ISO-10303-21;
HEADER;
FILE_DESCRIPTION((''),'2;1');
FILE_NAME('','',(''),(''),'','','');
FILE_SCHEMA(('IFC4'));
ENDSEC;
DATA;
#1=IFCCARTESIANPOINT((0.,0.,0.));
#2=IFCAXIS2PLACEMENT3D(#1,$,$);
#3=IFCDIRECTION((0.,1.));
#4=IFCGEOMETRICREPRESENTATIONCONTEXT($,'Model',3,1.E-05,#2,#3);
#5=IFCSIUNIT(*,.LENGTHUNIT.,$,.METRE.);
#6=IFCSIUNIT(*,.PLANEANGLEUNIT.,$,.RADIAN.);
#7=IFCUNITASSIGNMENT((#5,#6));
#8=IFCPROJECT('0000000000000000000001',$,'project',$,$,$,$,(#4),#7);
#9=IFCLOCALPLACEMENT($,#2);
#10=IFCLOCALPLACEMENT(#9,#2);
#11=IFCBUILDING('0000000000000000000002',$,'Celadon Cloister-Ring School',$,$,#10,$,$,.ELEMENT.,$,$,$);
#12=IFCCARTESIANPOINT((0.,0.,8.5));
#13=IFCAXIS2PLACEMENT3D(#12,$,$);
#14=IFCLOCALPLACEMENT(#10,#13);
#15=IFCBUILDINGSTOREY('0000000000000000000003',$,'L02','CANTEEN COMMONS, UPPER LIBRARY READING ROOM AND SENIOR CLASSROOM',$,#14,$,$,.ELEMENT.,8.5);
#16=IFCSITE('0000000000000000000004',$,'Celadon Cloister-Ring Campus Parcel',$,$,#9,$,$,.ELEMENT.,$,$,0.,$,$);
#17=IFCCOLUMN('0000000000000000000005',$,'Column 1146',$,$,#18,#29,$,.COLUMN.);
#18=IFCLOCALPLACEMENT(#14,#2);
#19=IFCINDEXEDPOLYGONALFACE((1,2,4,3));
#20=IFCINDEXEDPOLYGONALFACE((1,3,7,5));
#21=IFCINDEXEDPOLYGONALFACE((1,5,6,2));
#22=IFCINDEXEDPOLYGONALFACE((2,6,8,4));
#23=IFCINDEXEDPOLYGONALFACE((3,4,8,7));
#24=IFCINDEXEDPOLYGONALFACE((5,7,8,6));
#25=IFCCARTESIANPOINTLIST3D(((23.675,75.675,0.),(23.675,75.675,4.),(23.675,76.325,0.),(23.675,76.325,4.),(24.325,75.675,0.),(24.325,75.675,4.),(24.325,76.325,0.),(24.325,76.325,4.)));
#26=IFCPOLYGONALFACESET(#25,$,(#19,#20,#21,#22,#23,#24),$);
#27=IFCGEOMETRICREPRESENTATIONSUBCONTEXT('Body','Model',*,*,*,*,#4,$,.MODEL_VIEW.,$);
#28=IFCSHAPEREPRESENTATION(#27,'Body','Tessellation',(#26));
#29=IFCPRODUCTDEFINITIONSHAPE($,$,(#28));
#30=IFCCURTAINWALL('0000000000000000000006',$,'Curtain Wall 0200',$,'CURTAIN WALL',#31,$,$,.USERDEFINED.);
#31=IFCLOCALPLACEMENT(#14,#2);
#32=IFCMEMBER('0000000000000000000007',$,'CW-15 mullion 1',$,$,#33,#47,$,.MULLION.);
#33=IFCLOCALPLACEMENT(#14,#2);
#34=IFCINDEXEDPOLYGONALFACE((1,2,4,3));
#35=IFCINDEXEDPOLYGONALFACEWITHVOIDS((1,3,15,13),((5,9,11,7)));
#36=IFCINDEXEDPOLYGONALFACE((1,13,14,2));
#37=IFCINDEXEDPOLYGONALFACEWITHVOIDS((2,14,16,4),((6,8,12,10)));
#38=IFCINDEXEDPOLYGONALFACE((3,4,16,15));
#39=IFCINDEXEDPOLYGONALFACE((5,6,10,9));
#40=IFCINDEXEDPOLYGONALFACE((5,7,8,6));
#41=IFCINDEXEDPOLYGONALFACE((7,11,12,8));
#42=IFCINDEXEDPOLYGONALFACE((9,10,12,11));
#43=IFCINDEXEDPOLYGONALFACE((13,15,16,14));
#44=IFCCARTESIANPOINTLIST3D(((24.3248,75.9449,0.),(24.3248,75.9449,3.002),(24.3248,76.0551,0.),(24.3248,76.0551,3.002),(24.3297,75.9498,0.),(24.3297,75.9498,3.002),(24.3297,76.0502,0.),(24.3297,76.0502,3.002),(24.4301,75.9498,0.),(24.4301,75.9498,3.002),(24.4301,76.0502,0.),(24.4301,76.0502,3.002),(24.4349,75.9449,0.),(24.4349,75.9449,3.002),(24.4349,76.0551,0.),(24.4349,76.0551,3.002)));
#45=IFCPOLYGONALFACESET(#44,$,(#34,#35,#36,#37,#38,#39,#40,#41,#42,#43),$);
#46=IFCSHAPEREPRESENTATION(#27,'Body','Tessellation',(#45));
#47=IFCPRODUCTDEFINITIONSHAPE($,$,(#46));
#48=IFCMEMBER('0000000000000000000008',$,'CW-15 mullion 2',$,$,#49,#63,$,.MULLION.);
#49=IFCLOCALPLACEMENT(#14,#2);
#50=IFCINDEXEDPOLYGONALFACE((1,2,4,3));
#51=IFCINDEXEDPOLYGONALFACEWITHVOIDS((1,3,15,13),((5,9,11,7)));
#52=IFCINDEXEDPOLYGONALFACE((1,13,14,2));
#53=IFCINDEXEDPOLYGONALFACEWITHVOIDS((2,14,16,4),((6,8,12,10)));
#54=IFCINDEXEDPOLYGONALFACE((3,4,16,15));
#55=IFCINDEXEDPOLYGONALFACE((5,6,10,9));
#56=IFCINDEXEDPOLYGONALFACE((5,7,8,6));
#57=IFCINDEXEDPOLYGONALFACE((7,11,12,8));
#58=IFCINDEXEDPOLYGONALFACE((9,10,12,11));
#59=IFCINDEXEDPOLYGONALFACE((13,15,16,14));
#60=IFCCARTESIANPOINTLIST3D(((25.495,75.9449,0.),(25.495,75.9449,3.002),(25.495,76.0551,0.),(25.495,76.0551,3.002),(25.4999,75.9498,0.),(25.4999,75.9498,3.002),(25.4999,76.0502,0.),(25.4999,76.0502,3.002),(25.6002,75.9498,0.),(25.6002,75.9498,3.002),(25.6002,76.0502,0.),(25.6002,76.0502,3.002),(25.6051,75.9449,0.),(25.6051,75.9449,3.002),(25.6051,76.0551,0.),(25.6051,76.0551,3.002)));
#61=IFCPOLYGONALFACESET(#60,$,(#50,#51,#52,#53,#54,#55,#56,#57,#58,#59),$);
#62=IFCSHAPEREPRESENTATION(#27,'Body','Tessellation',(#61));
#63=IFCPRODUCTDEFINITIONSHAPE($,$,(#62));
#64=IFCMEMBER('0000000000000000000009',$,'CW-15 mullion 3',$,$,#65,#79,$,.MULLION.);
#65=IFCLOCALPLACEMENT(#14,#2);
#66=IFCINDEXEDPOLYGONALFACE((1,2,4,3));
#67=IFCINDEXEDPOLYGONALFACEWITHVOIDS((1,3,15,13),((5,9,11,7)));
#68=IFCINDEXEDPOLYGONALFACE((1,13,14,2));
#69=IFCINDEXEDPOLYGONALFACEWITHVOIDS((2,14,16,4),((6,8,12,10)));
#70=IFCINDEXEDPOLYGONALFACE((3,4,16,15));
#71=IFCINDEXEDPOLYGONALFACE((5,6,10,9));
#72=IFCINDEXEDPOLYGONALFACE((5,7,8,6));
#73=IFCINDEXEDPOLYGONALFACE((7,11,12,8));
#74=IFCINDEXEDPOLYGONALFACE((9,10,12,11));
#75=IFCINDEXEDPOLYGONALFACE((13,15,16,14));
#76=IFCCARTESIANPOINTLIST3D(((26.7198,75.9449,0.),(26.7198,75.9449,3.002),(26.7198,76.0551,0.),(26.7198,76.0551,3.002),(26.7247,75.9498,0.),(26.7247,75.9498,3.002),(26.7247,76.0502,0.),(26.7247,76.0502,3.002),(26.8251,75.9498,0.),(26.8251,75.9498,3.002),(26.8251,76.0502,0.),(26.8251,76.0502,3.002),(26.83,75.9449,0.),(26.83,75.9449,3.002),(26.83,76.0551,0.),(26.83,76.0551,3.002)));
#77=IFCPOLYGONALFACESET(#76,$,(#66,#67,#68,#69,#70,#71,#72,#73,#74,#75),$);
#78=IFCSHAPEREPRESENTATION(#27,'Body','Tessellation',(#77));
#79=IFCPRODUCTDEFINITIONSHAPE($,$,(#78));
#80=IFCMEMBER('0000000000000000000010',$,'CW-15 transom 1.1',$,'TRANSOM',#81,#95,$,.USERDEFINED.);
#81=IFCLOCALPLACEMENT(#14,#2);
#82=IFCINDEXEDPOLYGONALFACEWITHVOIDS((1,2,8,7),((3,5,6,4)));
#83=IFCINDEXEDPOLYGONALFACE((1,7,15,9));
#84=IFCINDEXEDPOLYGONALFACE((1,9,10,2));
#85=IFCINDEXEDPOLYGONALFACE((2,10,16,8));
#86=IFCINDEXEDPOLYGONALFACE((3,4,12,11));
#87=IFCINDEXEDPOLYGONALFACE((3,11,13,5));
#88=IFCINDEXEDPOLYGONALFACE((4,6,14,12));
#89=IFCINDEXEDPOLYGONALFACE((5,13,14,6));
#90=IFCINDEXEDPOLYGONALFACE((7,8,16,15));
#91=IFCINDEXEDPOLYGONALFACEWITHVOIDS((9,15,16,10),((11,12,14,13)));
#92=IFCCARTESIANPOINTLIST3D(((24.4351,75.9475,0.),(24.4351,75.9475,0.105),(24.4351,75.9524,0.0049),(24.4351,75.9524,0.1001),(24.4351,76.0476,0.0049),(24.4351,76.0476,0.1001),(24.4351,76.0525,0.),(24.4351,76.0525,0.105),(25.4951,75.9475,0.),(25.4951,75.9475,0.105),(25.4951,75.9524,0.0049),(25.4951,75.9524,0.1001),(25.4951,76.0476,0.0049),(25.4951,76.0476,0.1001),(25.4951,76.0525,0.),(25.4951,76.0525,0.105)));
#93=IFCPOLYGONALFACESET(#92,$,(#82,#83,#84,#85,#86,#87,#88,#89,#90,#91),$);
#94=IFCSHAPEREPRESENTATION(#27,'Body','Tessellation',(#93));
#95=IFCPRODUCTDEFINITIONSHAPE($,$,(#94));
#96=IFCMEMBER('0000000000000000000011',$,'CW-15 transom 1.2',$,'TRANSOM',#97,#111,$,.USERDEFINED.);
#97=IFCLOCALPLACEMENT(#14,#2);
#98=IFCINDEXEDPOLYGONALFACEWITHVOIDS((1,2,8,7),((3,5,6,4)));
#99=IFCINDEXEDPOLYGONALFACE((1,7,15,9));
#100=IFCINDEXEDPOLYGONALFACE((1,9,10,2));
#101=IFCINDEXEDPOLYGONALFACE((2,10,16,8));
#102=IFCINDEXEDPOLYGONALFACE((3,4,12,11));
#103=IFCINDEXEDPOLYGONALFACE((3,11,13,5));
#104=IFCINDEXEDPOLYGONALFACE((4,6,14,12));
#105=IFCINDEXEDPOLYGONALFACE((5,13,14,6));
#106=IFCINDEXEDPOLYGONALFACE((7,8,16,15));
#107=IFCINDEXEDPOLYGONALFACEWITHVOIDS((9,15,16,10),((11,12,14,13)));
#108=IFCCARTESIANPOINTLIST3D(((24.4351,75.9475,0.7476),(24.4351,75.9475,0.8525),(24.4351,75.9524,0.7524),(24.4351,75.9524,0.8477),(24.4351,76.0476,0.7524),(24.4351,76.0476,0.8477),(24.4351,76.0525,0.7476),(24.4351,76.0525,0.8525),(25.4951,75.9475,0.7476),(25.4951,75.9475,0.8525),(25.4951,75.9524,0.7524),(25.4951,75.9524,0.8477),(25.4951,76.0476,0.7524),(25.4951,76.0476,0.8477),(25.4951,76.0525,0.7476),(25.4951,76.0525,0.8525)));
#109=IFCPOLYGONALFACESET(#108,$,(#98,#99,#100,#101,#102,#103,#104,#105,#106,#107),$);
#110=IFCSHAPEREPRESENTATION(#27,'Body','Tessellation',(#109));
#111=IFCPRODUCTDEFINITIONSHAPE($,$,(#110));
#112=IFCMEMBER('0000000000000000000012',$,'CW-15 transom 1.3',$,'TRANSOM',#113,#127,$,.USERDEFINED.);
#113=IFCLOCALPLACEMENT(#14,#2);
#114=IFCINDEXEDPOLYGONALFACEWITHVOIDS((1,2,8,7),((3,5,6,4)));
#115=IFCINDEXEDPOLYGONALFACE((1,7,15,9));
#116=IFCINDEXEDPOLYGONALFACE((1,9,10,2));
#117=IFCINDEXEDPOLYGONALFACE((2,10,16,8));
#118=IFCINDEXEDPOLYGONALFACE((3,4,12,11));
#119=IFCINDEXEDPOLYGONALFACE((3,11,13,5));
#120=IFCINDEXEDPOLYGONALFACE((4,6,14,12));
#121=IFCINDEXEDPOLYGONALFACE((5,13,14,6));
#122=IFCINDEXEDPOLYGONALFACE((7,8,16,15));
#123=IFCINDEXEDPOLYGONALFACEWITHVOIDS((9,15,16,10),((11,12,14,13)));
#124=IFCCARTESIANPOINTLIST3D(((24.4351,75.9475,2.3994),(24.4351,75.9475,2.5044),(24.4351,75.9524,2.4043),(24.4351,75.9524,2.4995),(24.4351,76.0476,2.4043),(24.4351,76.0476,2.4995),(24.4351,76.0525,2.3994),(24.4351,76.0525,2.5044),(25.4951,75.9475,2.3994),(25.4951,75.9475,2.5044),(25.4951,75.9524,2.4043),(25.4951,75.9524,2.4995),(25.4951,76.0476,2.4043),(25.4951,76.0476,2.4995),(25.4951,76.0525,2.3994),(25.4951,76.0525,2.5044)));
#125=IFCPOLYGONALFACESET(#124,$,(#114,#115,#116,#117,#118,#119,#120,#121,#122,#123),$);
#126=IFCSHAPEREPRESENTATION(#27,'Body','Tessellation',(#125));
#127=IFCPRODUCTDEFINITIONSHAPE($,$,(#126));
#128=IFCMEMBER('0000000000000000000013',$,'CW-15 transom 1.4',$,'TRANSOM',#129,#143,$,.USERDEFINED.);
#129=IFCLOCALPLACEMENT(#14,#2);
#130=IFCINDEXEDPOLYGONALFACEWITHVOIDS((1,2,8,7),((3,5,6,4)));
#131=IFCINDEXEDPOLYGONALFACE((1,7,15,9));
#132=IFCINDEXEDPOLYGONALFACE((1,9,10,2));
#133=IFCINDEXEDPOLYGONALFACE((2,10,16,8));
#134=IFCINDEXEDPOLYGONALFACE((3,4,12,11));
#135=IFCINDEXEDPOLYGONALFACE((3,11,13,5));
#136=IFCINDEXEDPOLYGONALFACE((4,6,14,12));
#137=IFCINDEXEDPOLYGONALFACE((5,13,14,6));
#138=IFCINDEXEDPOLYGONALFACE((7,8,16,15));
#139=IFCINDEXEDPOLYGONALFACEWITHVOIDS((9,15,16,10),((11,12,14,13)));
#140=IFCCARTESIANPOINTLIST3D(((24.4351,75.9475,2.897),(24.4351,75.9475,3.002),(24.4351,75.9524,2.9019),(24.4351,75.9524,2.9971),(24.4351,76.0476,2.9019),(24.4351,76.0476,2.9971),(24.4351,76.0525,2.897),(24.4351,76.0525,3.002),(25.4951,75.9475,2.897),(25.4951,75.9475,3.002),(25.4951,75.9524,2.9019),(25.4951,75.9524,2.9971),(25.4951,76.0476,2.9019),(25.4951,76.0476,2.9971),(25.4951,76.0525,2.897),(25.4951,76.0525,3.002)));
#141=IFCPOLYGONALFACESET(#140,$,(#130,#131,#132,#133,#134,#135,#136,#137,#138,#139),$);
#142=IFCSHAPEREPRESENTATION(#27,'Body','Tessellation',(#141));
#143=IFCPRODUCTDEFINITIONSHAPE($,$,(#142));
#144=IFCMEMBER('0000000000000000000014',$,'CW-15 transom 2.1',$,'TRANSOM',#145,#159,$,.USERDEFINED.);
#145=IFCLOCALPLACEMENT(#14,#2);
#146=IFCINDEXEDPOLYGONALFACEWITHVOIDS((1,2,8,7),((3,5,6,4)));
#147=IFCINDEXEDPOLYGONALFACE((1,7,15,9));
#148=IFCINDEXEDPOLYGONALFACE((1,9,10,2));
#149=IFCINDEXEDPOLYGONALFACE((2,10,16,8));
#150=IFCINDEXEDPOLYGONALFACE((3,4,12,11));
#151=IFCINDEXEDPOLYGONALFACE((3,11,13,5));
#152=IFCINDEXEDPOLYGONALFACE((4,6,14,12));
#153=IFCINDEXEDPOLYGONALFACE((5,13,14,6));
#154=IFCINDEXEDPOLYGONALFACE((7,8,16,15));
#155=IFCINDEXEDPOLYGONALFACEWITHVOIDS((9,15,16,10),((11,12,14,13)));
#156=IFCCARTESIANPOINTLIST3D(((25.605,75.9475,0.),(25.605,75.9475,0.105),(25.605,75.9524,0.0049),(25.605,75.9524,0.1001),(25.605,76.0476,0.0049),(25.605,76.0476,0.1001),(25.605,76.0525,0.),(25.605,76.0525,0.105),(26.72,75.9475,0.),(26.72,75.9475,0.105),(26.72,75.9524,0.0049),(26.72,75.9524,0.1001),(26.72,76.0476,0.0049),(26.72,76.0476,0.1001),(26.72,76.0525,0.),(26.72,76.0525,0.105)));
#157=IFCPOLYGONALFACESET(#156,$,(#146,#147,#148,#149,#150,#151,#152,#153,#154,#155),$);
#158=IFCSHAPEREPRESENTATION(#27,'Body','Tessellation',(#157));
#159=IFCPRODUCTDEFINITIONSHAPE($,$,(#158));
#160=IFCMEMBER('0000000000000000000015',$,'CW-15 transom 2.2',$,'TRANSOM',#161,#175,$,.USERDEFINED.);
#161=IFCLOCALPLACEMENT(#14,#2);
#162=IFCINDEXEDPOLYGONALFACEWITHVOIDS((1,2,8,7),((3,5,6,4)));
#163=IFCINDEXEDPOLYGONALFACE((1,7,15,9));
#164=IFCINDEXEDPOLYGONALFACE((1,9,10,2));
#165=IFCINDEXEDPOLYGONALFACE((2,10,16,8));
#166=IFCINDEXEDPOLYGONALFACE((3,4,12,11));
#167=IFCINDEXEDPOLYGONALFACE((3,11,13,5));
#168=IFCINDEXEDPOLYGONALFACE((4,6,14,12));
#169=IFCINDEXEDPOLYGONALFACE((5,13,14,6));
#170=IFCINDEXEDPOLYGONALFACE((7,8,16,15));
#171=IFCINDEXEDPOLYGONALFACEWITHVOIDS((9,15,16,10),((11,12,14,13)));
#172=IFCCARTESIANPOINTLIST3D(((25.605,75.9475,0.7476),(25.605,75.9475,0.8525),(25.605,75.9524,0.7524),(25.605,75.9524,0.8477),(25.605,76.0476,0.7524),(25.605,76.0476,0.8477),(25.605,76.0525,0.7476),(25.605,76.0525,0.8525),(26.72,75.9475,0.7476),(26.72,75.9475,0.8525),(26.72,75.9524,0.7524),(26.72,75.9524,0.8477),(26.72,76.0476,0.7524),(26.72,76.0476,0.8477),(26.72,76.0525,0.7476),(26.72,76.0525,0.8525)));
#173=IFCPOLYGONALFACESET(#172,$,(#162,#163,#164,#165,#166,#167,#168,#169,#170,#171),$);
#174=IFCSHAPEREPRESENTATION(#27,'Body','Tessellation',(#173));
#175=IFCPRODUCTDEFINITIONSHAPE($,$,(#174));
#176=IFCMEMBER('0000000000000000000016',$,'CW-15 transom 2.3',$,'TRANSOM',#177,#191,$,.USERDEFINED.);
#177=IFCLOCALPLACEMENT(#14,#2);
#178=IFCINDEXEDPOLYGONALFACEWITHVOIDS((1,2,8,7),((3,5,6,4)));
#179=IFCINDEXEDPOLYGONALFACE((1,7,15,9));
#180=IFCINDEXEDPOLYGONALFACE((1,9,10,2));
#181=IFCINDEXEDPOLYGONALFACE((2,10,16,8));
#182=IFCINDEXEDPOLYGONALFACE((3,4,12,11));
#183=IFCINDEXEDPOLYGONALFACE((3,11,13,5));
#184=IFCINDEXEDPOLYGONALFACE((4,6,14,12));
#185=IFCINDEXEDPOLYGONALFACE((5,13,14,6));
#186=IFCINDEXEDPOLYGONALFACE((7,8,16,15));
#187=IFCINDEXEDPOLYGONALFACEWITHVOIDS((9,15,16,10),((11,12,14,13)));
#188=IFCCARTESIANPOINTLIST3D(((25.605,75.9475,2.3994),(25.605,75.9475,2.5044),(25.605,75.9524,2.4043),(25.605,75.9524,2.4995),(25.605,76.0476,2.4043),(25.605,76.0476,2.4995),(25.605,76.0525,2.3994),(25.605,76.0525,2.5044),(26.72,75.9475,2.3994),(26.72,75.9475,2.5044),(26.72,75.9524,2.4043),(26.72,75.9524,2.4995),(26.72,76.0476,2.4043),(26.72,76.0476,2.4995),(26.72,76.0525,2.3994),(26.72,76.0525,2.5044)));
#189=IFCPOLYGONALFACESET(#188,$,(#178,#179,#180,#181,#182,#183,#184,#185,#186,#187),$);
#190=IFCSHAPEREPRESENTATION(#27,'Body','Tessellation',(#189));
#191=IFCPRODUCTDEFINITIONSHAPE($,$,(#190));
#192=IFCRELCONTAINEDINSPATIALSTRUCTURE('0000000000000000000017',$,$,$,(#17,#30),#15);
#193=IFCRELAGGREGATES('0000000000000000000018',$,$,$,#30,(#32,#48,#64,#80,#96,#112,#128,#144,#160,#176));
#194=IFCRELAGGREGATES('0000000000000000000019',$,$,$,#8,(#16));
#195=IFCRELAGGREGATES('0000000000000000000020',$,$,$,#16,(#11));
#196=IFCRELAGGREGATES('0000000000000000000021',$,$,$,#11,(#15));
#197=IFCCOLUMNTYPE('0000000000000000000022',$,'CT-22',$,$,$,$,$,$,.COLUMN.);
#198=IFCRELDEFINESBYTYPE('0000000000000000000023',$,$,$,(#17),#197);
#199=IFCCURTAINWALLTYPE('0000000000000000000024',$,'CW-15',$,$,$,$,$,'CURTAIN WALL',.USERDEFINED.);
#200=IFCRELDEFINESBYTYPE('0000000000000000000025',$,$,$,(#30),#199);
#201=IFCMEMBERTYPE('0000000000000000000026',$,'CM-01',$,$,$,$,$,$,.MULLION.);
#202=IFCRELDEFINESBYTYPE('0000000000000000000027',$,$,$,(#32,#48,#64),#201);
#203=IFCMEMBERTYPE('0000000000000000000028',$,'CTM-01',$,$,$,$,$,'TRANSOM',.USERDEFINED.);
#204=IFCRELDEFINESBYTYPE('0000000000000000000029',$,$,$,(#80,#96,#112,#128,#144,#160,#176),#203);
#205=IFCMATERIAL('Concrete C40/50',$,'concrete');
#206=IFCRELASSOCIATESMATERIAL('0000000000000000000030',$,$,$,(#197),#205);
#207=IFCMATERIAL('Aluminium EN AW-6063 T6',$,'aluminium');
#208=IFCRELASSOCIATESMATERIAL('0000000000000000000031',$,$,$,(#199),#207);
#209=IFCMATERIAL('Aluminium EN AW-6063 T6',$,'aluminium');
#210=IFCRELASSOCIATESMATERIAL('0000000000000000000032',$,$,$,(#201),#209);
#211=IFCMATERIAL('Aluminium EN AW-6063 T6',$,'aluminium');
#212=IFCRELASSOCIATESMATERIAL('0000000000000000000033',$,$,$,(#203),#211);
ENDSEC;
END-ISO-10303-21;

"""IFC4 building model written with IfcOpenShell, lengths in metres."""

from ifc_helpers import new_model, si_unit, direction, frame, origin, origin_2d, place, context, subcontext, project, spatial, rectangle, hollow_rectangle, extrude, material, material_profile, profile_set, type_object, element, aggregate, save


model = new_model("IFC4")

# Units and contexts
model_context = context("Model", 3, precision=1e-05, world=origin(), true_north=direction((0.0, 1.0)))
body_context = subcontext(model_context, "Body", "Model", "MODEL_VIEW")
ifc_project = project(units=[si_unit("LENGTHUNIT", "METRE"), si_unit("PLANEANGLEUNIT", "RADIAN")], contexts=[model_context])

# Site, building, storey
site_placement = place(None, origin())
site = spatial("IfcSite", under=ifc_project, at=site_placement, Name="Celadon Cloister-Ring Campus Parcel", CompositionType="ELEMENT", RefElevation=0.0)
building_placement = place(site_placement, origin())
building = spatial("IfcBuilding", under=site, at=building_placement, Name="Celadon Cloister-Ring School", CompositionType="ELEMENT")
storey_placement = place(building_placement, frame((0.0, 0.0, 8.5)))
storey = spatial("IfcBuildingStorey", under=building, at=storey_placement, Name="L02", Description="CANTEEN COMMONS, UPPER LIBRARY READING ROOM AND SENIOR CLASSROOM", CompositionType="ELEMENT", Elevation=8.5)

# Column
ifc_material_1 = material(Name="Concrete C40/50", Category="concrete")
ifc_material_profile_1 = material_profile(ifc_material_1, rectangle(XDim=0.6499, YDim=0.6499, at=origin_2d()), Name="RC650X650")
ifc_profile_set_1 = profile_set([ifc_material_profile_1], Name="Concrete C40/50")
column_type = type_object("IfcColumnType", Name="CT-22", PredefinedType="COLUMN", material=ifc_profile_set_1)
column_placement = place(storey_placement, frame((24.0, 76.0, 0.0), z_axis=(0.0, 0.0, 1.0), x_axis=(1.0, 0.0, 0.0)))
element("IfcColumn", 1, at=column_placement, inside=storey, type_object=column_type, Name="Column 1146", PredefinedType="COLUMN", context=body_context, shape_type="SweptSolid", body=[
    extrude(rectangle(XDim=0.6499, YDim=0.6499, at=origin_2d()), origin(), (0.0, 0.0, 1.0), 4.0),
])

# Curtain wall, members
ifc_material_2 = material(Name="Aluminium EN AW-6063 T6", Category="aluminium")
curtain_wall_type = type_object("IfcCurtainWallType", Name="CW-15", ElementType="CURTAIN WALL", PredefinedType="USERDEFINED", material=ifc_material_2)
curtain_wall_placement = place(storey_placement, origin())
curtain_wall = element("IfcCurtainWall", 2, at=curtain_wall_placement, inside=storey, type_object=curtain_wall_type, Name="Curtain Wall 0200", ObjectType="CURTAIN WALL", PredefinedType="USERDEFINED")
ifc_material_3 = material(Name="Aluminium EN AW-6063 T6", Category="aluminium")
ifc_material_profile_2 = material_profile(ifc_material_3, hollow_rectangle(XDim=0.1101, YDim=0.1101, WallThickness=0.0049, at=origin_2d()), Name="RHS110X110X5")
ifc_profile_set_2 = profile_set([ifc_material_profile_2], Name="Aluminium EN AW-6063 T6")
member_type_1 = type_object("IfcMemberType", Name="CM-01", PredefinedType="MULLION", material=ifc_profile_set_2)
member_1_placement = place(storey_placement, frame((24.3799, 76.0, 0.0), z_axis=(0.0, 0.0, 1.0), x_axis=(0.0, 1.0, 0.0)))
member_1 = element("IfcMember", 3, at=member_1_placement, type_object=member_type_1, Name="CW-15 mullion 1", PredefinedType="MULLION", context=body_context, shape_type="SweptSolid", body=[
    extrude(hollow_rectangle(XDim=0.1101, YDim=0.1101, WallThickness=0.0049, at=origin_2d()), origin(), (0.0, 0.0, 1.0), 3.002),
])
member_2_placement = place(storey_placement, frame((25.55, 76.0, 0.0), z_axis=(0.0, 0.0, 1.0), x_axis=(0.0, 1.0, 0.0)))
member_2 = element("IfcMember", 4, at=member_2_placement, type_object=member_type_1, Name="CW-15 mullion 2", PredefinedType="MULLION", context=body_context, shape_type="SweptSolid", body=[
    extrude(hollow_rectangle(XDim=0.1101, YDim=0.1101, WallThickness=0.0049, at=origin_2d()), origin(), (0.0, 0.0, 1.0), 3.002),
])
member_3_placement = place(storey_placement, frame((26.7749, 76.0, 0.0), z_axis=(0.0, 0.0, 1.0), x_axis=(0.0, 1.0, 0.0)))
member_3 = element("IfcMember", 5, at=member_3_placement, type_object=member_type_1, Name="CW-15 mullion 3", PredefinedType="MULLION", context=body_context, shape_type="SweptSolid", body=[
    extrude(hollow_rectangle(XDim=0.1101, YDim=0.1101, WallThickness=0.0049, at=origin_2d()), origin(), (0.0, 0.0, 1.0), 3.002),
])
ifc_material_4 = material(Name="Aluminium EN AW-6063 T6", Category="aluminium")
ifc_material_profile_3 = material_profile(ifc_material_4, hollow_rectangle(XDim=0.105, YDim=0.105, WallThickness=0.0049, at=origin_2d()), Name="RHS105X105X5")
ifc_profile_set_3 = profile_set([ifc_material_profile_3], Name="Aluminium EN AW-6063 T6")
member_type_2 = type_object("IfcMemberType", Name="CTM-01", ElementType="TRANSOM", PredefinedType="USERDEFINED", material=ifc_profile_set_3)
member_4_placement = place(storey_placement, frame((24.4351, 76.0, 0.0525), z_axis=(1.0, 0.0, 0.0), x_axis=(0.0, 1.0, 0.0)))
member_4 = element("IfcMember", 6, at=member_4_placement, type_object=member_type_2, Name="CW-15 transom 1.1", ObjectType="TRANSOM", PredefinedType="USERDEFINED", context=body_context, shape_type="SweptSolid", body=[
    extrude(hollow_rectangle(XDim=0.105, YDim=0.105, WallThickness=0.0049, at=origin_2d()), origin(), (0.0, 0.0, 1.0), 1.0601),
])
member_5_placement = place(storey_placement, frame((24.4351, 76.0, 0.8), z_axis=(1.0, 0.0, 0.0), x_axis=(0.0, 1.0, 0.0)))
member_5 = element("IfcMember", 7, at=member_5_placement, type_object=member_type_2, Name="CW-15 transom 1.2", ObjectType="TRANSOM", PredefinedType="USERDEFINED", context=body_context, shape_type="SweptSolid", body=[
    extrude(hollow_rectangle(XDim=0.105, YDim=0.105, WallThickness=0.0049, at=origin_2d()), origin(), (0.0, 0.0, 1.0), 1.0601),
])
member_6_placement = place(storey_placement, frame((24.4351, 76.0, 2.4519), z_axis=(1.0, 0.0, 0.0), x_axis=(0.0, 1.0, 0.0)))
member_6 = element("IfcMember", 8, at=member_6_placement, type_object=member_type_2, Name="CW-15 transom 1.3", ObjectType="TRANSOM", PredefinedType="USERDEFINED", context=body_context, shape_type="SweptSolid", body=[
    extrude(hollow_rectangle(XDim=0.105, YDim=0.105, WallThickness=0.0049, at=origin_2d()), origin(), (0.0, 0.0, 1.0), 1.0601),
])
member_7_placement = place(storey_placement, frame((24.4351, 76.0, 2.9495), z_axis=(1.0, 0.0, 0.0), x_axis=(0.0, 1.0, 0.0)))
member_7 = element("IfcMember", 9, at=member_7_placement, type_object=member_type_2, Name="CW-15 transom 1.4", ObjectType="TRANSOM", PredefinedType="USERDEFINED", context=body_context, shape_type="SweptSolid", body=[
    extrude(hollow_rectangle(XDim=0.105, YDim=0.105, WallThickness=0.0049, at=origin_2d()), origin(), (0.0, 0.0, 1.0), 1.0601),
])
member_8_placement = place(storey_placement, frame((25.605, 76.0, 0.0525), z_axis=(1.0, 0.0, 0.0), x_axis=(0.0, 1.0, 0.0)))
member_8 = element("IfcMember", 10, at=member_8_placement, type_object=member_type_2, Name="CW-15 transom 2.1", ObjectType="TRANSOM", PredefinedType="USERDEFINED", context=body_context, shape_type="SweptSolid", body=[
    extrude(hollow_rectangle(XDim=0.105, YDim=0.105, WallThickness=0.0049, at=origin_2d()), origin(), (0.0, 0.0, 1.0), 1.115),
])
member_9_placement = place(storey_placement, frame((25.605, 76.0, 0.8), z_axis=(1.0, 0.0, 0.0), x_axis=(0.0, 1.0, 0.0)))
member_9 = element("IfcMember", 11, at=member_9_placement, type_object=member_type_2, Name="CW-15 transom 2.2", ObjectType="TRANSOM", PredefinedType="USERDEFINED", context=body_context, shape_type="SweptSolid", body=[
    extrude(hollow_rectangle(XDim=0.105, YDim=0.105, WallThickness=0.0049, at=origin_2d()), origin(), (0.0, 0.0, 1.0), 1.115),
])
member_10_placement = place(storey_placement, frame((25.605, 76.0, 2.4519), z_axis=(1.0, 0.0, 0.0), x_axis=(0.0, 1.0, 0.0)))
member_10 = element("IfcMember", 12, at=member_10_placement, type_object=member_type_2, Name="CW-15 transom 2.3", ObjectType="TRANSOM", PredefinedType="USERDEFINED", context=body_context, shape_type="SweptSolid", body=[
    extrude(hollow_rectangle(XDim=0.105, YDim=0.105, WallThickness=0.0049, at=origin_2d()), origin(), (0.0, 0.0, 1.0), 1.115),
])

aggregate(curtain_wall, [member_1, member_2, member_3, member_4, member_5, member_6, member_7, member_8, member_9, member_10])

save(model, "model.ifc")
